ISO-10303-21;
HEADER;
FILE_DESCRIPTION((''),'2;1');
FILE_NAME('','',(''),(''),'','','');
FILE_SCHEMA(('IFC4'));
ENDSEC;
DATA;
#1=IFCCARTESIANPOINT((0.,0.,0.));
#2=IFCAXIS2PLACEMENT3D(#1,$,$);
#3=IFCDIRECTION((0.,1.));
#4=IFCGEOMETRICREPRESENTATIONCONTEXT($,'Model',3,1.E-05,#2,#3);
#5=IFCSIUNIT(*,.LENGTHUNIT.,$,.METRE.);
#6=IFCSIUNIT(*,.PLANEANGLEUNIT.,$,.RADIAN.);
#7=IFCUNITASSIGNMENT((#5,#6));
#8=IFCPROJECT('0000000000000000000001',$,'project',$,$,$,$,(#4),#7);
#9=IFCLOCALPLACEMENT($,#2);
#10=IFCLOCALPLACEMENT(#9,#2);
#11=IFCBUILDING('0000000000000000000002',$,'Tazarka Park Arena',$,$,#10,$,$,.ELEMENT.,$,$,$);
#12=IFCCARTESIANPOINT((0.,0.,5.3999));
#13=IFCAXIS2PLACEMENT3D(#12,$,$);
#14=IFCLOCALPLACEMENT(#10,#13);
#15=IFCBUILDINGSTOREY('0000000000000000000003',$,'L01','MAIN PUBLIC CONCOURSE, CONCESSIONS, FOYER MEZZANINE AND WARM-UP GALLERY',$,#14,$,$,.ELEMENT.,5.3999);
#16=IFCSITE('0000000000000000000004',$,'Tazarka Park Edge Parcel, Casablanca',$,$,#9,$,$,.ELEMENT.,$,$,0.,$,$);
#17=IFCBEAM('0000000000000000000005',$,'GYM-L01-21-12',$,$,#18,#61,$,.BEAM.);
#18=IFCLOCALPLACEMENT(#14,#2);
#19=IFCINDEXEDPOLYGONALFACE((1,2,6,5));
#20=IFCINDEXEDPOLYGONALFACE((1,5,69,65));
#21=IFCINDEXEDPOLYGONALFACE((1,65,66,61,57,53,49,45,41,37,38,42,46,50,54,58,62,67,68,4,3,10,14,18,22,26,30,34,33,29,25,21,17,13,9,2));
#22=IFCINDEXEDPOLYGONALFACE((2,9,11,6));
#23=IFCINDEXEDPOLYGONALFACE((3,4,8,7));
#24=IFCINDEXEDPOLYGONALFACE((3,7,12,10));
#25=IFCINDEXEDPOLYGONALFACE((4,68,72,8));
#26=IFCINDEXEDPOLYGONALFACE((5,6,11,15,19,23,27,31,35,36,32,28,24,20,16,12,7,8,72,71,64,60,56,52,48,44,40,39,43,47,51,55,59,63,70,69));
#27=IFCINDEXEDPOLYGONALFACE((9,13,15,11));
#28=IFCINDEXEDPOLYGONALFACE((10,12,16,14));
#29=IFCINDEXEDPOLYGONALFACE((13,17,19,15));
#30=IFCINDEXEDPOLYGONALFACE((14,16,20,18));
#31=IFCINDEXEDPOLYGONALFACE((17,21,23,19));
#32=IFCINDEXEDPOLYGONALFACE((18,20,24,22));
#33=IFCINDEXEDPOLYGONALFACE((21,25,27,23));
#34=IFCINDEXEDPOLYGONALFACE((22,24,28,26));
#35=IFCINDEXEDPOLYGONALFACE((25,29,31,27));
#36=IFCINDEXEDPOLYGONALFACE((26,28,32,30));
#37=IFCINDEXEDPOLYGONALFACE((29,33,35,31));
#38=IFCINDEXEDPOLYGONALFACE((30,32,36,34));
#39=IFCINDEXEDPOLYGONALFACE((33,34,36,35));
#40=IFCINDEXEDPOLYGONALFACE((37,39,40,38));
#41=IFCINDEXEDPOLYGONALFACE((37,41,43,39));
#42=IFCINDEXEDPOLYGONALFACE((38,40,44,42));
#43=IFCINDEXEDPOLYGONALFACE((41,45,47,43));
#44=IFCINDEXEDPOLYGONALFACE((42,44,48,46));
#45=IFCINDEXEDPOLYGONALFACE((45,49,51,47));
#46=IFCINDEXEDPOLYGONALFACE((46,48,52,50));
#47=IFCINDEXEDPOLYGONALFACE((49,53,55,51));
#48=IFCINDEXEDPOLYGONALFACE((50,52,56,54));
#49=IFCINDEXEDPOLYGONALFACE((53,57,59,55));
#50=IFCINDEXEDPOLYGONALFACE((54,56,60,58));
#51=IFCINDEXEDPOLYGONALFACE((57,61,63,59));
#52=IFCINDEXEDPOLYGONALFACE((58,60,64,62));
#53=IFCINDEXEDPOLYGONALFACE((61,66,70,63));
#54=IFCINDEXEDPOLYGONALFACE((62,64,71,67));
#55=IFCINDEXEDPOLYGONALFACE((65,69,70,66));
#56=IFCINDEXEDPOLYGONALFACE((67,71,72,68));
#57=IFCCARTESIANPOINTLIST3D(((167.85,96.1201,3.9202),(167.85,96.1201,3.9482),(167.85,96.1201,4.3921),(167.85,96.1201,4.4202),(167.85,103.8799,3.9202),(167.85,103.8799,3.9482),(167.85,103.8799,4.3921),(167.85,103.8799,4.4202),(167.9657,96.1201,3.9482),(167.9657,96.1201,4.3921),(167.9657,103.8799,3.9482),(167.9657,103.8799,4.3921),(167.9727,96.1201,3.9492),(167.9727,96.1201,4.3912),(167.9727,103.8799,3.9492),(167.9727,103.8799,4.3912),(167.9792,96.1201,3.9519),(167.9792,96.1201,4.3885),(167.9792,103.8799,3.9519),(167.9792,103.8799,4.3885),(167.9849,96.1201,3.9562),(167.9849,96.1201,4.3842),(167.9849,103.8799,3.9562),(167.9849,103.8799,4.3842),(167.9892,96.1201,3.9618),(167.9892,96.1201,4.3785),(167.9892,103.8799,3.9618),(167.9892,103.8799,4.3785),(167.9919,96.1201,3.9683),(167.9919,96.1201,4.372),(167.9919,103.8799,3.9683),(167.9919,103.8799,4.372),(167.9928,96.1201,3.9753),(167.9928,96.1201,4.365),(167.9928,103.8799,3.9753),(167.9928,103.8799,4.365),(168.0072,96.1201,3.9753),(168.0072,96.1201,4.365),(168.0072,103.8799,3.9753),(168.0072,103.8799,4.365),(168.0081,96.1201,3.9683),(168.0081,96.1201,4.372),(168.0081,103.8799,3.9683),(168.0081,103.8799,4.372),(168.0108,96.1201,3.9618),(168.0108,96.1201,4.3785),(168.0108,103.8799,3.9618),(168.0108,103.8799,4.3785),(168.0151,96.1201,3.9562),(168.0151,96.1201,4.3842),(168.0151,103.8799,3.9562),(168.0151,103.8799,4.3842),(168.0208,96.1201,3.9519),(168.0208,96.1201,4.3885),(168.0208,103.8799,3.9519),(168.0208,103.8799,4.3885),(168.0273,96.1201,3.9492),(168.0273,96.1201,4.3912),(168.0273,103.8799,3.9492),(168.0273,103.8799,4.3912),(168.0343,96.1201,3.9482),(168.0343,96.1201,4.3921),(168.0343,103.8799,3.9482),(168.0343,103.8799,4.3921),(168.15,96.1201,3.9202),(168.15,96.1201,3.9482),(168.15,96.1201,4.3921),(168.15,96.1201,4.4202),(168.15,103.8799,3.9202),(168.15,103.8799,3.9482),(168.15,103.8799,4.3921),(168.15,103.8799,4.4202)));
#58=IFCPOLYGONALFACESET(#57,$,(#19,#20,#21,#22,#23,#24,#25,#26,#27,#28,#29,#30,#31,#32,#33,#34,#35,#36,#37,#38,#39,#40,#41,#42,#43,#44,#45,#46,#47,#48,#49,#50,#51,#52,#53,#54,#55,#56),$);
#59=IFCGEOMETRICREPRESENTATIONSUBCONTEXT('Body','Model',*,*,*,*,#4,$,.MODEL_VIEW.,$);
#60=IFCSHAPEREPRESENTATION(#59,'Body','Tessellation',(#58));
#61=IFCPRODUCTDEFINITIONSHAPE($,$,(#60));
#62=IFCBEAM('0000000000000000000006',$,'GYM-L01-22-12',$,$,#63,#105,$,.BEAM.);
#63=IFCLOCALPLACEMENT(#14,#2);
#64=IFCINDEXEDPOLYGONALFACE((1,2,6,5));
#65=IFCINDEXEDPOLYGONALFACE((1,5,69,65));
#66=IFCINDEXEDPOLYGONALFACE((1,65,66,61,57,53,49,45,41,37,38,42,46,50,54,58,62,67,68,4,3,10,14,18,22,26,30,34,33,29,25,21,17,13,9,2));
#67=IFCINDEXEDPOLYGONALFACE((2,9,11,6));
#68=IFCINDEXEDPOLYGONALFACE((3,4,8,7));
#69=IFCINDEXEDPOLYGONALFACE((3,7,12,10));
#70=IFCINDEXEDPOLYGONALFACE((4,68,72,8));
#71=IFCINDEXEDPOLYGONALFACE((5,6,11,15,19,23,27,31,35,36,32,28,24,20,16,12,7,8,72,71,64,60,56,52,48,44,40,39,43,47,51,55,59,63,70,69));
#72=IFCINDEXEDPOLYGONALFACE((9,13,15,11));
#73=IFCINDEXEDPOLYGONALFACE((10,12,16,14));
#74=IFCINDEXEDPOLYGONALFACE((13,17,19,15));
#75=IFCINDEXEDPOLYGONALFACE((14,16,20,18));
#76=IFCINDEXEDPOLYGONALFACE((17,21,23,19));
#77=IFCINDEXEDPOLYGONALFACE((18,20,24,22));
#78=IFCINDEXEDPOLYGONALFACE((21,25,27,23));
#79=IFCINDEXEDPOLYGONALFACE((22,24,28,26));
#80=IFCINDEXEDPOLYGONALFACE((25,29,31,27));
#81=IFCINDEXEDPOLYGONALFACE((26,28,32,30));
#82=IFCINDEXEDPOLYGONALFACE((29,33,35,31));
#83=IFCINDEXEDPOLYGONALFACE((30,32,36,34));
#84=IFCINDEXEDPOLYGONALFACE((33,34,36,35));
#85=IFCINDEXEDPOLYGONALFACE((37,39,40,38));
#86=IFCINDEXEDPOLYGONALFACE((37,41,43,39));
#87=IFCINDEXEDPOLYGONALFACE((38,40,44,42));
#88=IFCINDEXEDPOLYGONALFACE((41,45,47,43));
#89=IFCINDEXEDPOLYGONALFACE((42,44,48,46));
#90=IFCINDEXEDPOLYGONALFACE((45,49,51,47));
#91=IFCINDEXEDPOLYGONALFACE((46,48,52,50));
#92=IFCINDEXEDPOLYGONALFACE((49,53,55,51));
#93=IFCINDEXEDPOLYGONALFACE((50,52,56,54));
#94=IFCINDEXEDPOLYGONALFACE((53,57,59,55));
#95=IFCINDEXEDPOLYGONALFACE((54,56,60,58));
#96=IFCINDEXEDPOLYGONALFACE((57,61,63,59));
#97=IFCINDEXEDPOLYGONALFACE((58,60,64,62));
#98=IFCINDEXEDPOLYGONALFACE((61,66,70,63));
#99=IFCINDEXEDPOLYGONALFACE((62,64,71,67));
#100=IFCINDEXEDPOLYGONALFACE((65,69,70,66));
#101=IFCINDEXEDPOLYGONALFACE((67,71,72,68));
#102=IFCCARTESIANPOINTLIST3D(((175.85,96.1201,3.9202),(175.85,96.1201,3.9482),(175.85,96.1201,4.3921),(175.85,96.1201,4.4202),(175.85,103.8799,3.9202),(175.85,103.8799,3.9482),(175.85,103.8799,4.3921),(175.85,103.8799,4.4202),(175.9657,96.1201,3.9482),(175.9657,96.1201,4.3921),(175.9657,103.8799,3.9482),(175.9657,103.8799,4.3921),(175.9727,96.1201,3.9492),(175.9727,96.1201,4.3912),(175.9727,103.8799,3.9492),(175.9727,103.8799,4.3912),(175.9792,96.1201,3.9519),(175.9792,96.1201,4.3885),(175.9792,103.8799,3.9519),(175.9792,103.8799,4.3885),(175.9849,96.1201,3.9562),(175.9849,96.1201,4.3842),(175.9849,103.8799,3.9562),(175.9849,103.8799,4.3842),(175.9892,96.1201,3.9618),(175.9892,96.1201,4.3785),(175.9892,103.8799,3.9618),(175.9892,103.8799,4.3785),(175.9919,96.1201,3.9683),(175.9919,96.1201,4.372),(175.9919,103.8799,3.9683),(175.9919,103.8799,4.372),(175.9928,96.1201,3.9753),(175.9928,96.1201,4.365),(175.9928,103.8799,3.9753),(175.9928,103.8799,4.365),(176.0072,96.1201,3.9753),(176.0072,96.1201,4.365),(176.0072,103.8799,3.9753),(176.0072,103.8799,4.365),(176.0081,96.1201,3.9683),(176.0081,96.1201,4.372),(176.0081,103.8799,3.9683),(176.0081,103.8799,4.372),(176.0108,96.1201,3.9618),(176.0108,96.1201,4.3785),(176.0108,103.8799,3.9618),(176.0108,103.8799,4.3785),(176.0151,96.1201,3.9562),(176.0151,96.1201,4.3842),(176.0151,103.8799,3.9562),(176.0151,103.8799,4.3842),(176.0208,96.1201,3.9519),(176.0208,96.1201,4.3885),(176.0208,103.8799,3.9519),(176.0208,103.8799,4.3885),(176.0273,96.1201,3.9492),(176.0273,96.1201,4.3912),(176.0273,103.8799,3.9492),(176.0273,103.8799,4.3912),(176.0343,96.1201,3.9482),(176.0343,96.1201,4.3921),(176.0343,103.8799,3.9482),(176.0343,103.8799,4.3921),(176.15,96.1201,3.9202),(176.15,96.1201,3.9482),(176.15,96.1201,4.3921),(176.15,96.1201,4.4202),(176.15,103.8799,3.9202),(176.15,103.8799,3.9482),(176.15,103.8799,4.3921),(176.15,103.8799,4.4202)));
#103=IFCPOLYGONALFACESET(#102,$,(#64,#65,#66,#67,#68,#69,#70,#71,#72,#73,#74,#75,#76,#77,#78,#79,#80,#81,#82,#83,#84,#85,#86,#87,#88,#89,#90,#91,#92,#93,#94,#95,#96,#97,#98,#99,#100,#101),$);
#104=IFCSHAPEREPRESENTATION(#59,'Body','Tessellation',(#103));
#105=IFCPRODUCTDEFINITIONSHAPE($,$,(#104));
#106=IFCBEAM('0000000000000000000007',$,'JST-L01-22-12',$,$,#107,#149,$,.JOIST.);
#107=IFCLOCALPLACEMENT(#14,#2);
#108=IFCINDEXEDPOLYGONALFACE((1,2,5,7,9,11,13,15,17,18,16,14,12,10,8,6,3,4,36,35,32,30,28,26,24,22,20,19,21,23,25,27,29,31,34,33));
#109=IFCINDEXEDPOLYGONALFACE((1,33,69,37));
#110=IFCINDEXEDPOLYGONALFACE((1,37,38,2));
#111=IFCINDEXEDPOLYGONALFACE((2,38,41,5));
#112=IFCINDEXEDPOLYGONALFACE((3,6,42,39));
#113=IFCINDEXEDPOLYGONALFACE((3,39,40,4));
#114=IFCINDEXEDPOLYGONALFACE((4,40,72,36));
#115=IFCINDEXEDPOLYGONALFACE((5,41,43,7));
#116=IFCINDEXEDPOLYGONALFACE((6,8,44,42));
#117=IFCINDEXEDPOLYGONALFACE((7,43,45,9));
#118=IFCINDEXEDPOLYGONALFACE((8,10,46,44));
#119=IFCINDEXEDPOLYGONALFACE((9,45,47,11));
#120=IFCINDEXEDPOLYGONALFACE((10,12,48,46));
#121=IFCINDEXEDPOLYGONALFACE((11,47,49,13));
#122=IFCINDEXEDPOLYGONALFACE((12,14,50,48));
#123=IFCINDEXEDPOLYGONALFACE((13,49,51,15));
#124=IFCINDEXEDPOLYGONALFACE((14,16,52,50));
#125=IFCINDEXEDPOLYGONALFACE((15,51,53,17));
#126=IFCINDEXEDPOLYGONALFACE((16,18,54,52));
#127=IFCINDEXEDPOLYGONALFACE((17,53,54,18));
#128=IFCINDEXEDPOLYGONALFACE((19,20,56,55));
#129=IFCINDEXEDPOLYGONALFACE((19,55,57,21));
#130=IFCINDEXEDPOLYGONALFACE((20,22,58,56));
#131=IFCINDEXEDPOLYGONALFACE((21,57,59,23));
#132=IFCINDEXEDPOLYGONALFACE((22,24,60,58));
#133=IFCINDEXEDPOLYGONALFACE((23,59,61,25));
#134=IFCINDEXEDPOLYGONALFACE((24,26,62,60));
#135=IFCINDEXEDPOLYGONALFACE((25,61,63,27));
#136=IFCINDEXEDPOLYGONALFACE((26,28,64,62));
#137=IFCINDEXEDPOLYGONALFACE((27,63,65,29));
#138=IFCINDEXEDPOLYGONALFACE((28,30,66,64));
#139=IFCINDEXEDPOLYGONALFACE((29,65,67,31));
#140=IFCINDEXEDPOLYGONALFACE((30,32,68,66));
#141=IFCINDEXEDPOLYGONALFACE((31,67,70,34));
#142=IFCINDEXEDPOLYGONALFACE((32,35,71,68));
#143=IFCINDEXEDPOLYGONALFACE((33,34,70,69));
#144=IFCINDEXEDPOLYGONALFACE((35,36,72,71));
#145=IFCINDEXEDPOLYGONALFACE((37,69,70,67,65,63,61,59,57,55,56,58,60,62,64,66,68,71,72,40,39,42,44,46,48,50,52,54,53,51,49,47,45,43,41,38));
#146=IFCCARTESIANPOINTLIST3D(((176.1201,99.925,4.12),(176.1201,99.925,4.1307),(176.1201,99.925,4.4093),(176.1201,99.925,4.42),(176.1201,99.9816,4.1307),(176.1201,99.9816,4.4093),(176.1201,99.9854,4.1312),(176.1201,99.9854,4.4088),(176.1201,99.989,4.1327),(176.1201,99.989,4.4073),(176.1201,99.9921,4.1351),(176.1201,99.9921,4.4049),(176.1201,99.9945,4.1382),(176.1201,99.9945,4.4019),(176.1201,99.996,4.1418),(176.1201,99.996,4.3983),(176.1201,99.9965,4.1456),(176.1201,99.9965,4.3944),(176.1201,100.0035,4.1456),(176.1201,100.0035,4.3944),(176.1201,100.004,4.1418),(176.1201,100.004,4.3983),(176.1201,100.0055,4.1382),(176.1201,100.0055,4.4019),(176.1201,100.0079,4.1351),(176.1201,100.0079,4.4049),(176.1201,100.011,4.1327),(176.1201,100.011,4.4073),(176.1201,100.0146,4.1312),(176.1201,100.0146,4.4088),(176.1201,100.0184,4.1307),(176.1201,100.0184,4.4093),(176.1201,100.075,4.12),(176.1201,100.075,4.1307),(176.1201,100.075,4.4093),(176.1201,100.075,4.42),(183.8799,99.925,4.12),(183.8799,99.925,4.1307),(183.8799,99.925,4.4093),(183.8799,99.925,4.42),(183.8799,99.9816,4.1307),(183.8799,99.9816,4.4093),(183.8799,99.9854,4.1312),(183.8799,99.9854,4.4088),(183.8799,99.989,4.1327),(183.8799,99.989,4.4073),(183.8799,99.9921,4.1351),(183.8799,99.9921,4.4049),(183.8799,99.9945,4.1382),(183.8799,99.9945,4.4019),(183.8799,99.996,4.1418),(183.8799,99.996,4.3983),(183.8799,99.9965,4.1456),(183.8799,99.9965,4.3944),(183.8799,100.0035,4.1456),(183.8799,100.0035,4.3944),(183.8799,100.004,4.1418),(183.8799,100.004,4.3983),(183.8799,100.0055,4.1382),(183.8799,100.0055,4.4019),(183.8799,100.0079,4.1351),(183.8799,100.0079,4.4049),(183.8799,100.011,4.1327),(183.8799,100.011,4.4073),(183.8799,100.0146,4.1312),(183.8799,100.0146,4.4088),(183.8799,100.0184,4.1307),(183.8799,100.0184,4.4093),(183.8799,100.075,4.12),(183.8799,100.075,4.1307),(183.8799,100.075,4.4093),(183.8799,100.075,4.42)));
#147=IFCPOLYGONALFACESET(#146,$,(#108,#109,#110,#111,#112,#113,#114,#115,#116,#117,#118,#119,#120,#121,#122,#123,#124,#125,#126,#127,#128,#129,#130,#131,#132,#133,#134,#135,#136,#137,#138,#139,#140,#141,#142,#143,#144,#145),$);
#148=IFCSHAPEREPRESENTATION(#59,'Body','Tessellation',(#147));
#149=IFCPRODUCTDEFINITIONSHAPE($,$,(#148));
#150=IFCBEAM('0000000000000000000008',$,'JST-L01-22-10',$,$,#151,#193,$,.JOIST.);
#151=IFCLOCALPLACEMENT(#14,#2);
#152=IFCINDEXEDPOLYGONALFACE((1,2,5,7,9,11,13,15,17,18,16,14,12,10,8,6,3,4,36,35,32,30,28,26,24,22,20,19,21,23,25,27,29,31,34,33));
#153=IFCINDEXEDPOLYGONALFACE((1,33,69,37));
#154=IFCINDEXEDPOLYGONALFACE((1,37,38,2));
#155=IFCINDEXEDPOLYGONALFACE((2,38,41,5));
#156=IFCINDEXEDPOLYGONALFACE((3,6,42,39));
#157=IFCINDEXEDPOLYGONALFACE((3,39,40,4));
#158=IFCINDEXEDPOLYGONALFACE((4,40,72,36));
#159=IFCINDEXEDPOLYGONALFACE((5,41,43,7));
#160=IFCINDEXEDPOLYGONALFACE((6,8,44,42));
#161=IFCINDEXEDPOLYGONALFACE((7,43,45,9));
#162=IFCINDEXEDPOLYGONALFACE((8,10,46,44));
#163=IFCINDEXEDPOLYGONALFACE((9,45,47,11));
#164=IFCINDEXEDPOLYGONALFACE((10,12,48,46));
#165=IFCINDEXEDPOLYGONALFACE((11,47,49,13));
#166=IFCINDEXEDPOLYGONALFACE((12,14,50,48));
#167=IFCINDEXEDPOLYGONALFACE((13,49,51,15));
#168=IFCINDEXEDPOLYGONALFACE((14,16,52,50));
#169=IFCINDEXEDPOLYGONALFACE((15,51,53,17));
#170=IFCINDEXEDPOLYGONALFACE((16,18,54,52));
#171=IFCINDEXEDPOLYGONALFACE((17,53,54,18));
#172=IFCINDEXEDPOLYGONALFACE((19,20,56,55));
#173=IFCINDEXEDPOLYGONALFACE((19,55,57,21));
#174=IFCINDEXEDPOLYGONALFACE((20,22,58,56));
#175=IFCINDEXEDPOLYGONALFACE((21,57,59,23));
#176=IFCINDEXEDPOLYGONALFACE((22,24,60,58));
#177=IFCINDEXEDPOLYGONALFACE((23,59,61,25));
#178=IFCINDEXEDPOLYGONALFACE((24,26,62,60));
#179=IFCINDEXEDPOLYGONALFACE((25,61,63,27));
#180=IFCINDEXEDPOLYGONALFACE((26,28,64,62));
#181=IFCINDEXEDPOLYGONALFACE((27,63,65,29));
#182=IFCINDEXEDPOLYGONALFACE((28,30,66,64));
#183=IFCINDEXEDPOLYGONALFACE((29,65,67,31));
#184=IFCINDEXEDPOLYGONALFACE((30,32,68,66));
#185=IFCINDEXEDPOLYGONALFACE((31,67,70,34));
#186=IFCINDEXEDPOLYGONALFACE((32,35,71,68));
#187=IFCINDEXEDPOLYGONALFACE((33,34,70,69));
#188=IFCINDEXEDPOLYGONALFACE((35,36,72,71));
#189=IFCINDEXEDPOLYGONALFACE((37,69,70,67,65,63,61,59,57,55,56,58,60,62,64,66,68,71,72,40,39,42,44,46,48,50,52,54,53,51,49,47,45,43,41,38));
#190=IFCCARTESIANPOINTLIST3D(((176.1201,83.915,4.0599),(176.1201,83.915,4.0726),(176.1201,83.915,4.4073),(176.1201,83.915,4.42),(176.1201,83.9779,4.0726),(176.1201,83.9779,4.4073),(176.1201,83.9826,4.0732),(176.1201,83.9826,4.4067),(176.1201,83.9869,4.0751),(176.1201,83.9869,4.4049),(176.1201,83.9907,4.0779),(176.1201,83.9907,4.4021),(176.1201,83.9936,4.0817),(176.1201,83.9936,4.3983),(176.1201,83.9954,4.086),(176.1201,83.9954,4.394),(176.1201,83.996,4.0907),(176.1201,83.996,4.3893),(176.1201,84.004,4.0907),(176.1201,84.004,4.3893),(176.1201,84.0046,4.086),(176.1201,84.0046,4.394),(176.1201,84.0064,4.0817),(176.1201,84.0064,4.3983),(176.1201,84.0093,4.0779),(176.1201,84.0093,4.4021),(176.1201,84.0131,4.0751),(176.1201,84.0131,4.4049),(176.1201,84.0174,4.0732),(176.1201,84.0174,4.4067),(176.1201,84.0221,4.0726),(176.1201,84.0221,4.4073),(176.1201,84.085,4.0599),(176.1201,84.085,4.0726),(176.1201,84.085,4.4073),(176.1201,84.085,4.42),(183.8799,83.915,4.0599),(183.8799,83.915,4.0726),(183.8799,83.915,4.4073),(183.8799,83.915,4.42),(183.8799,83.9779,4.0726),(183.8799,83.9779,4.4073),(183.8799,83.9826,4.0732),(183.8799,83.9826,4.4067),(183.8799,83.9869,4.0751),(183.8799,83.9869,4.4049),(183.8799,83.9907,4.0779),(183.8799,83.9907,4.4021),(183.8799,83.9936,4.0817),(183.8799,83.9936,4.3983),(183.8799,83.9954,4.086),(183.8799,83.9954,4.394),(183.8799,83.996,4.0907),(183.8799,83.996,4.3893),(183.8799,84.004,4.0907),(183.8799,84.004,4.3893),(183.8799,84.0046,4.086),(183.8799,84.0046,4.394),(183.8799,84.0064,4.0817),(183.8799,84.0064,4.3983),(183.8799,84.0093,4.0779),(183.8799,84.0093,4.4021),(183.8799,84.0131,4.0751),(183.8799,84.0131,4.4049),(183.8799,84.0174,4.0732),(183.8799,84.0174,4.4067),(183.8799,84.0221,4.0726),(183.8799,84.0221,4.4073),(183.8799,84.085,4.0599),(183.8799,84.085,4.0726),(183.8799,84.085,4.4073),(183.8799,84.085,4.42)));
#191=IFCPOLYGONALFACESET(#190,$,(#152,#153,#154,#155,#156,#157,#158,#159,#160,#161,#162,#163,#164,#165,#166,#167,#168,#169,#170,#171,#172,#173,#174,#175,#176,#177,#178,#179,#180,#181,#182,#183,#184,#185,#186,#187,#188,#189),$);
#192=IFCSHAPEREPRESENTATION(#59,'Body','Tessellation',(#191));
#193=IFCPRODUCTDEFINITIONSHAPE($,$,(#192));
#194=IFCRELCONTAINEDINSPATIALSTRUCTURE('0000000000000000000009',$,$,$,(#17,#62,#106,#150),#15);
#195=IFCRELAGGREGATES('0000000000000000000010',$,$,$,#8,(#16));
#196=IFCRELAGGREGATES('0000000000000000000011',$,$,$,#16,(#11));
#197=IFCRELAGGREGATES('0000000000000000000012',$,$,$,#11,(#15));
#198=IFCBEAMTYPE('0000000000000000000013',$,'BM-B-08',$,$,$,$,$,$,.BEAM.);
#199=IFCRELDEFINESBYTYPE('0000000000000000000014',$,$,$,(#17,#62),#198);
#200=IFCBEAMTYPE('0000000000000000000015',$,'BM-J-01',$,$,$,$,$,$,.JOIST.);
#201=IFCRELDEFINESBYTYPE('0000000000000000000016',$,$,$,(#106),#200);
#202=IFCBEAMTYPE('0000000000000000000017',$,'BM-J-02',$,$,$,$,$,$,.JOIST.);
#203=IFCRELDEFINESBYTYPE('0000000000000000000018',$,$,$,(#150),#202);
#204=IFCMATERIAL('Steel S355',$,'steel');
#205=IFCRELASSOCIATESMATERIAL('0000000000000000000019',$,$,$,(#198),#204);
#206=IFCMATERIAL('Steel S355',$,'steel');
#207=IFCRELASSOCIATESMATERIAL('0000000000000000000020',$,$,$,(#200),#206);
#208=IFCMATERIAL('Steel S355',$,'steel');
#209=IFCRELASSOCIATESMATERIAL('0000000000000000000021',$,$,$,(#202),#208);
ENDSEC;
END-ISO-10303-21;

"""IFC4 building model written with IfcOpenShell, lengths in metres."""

from ifc_helpers import new_model, si_unit, direction, frame, origin, origin_2d, place, context, subcontext, project, spatial, i_section, extrude, material, material_profile, profile_set, type_object, element, save


model = new_model("IFC4")

# Units and contexts
model_context = context("Model", 3, precision=1e-05, world=origin(), true_north=direction((0.0, 1.0)))
body_context = subcontext(model_context, "Body", "Model", "MODEL_VIEW")
ifc_project = project(units=[si_unit("LENGTHUNIT", "METRE"), si_unit("PLANEANGLEUNIT", "RADIAN")], contexts=[model_context])

# Site, building, storey
site_placement = place(None, origin())
site = spatial("IfcSite", under=ifc_project, at=site_placement, Name="Tazarka Park Edge Parcel, Casablanca", CompositionType="ELEMENT", RefElevation=0.0)
building_placement = place(site_placement, origin())
building = spatial("IfcBuilding", under=site, at=building_placement, Name="Tazarka Park Arena", CompositionType="ELEMENT")
storey_placement = place(building_placement, frame((0.0, 0.0, 5.3999)))
storey = spatial("IfcBuildingStorey", under=building, at=storey_placement, Name="L01", Description="MAIN PUBLIC CONCOURSE, CONCESSIONS, FOYER MEZZANINE AND WARM-UP GALLERY", CompositionType="ELEMENT", Elevation=5.3999)

# Beams
ifc_material_1 = material(Name="Steel S355", Category="steel")
ifc_material_profile_1 = material_profile(ifc_material_1, i_section(OverallWidth=0.3, OverallDepth=0.5, WebThickness=0.0144, FlangeThickness=0.0281, FilletRadius=0.0271, at=origin_2d()), Name="Steel S355")
ifc_profile_set_1 = profile_set([ifc_material_profile_1], Name="Steel S355")
beam_type_1 = type_object("IfcBeamType", Name="BM-B-08", PredefinedType="BEAM", material=ifc_profile_set_1)
for number, where, z_axis, x_axis, name in (
    (1, (168.0, 96.1201, 4.1702), (0.0, 1.0, 0.0), (-1.0, 0.0, 0.0), "GYM-L01-21-12"),
    (2, (176.0, 96.1201, 4.1702), (0.0, 1.0, 0.0), (-1.0, 0.0, 0.0), "GYM-L01-22-12"),
):
    element("IfcBeam", number, at=place(storey_placement, frame(where, z_axis=z_axis, x_axis=x_axis)), inside=storey, type_object=beam_type_1, Name=name, PredefinedType="BEAM", context=body_context, shape_type="SweptSolid", body=[
        extrude(i_section(OverallWidth=0.3, OverallDepth=0.5, WebThickness=0.0144, FlangeThickness=0.0281, FilletRadius=0.0271, at=origin_2d()), origin(), (0.0, 0.0, 1.0), 7.7598),
    ])
ifc_material_2 = material(Name="Steel S355", Category="steel")
ifc_material_profile_2 = material_profile(ifc_material_2, i_section(OverallWidth=0.1499, OverallDepth=0.3, WebThickness=0.0071, FlangeThickness=0.0107, FilletRadius=0.0149, at=origin_2d()), Name="Steel S355")
ifc_profile_set_2 = profile_set([ifc_material_profile_2], Name="Steel S355")
beam_type_2 = type_object("IfcBeamType", Name="BM-J-01", PredefinedType="JOIST", material=ifc_profile_set_2)
beam_1_placement = place(storey_placement, frame((176.1201, 100.0, 4.27), z_axis=(1.0, 0.0, 0.0), x_axis=(0.0, 1.0, 0.0)))
element("IfcBeam", 3, at=beam_1_placement, inside=storey, type_object=beam_type_2, Name="JST-L01-22-12", PredefinedType="JOIST", context=body_context, shape_type="SweptSolid", body=[
    extrude(i_section(OverallWidth=0.1499, OverallDepth=0.3, WebThickness=0.0071, FlangeThickness=0.0107, FilletRadius=0.0149, at=origin_2d()), origin(), (0.0, 0.0, 1.0), 7.7598),
])
ifc_material_3 = material(Name="Steel S355", Category="steel")
ifc_material_profile_3 = material_profile(ifc_material_3, i_section(OverallWidth=0.1699, OverallDepth=0.3601, WebThickness=0.0081, FlangeThickness=0.0127, FilletRadius=0.0181, at=origin_2d()), Name="Steel S355")
ifc_profile_set_3 = profile_set([ifc_material_profile_3], Name="Steel S355")
beam_type_3 = type_object("IfcBeamType", Name="BM-J-02", PredefinedType="JOIST", material=ifc_profile_set_3)
beam_2_placement = place(storey_placement, frame((176.1201, 84.0, 4.24), z_axis=(1.0, 0.0, 0.0), x_axis=(0.0, 1.0, 0.0)))
element("IfcBeam", 4, at=beam_2_placement, inside=storey, type_object=beam_type_3, Name="JST-L01-22-10", PredefinedType="JOIST", context=body_context, shape_type="SweptSolid", body=[
    extrude(i_section(OverallWidth=0.1699, OverallDepth=0.3601, WebThickness=0.0081, FlangeThickness=0.0127, FilletRadius=0.0181, at=origin_2d()), origin(), (0.0, 0.0, 1.0), 7.7598),
])

save(model, "model.ifc")
